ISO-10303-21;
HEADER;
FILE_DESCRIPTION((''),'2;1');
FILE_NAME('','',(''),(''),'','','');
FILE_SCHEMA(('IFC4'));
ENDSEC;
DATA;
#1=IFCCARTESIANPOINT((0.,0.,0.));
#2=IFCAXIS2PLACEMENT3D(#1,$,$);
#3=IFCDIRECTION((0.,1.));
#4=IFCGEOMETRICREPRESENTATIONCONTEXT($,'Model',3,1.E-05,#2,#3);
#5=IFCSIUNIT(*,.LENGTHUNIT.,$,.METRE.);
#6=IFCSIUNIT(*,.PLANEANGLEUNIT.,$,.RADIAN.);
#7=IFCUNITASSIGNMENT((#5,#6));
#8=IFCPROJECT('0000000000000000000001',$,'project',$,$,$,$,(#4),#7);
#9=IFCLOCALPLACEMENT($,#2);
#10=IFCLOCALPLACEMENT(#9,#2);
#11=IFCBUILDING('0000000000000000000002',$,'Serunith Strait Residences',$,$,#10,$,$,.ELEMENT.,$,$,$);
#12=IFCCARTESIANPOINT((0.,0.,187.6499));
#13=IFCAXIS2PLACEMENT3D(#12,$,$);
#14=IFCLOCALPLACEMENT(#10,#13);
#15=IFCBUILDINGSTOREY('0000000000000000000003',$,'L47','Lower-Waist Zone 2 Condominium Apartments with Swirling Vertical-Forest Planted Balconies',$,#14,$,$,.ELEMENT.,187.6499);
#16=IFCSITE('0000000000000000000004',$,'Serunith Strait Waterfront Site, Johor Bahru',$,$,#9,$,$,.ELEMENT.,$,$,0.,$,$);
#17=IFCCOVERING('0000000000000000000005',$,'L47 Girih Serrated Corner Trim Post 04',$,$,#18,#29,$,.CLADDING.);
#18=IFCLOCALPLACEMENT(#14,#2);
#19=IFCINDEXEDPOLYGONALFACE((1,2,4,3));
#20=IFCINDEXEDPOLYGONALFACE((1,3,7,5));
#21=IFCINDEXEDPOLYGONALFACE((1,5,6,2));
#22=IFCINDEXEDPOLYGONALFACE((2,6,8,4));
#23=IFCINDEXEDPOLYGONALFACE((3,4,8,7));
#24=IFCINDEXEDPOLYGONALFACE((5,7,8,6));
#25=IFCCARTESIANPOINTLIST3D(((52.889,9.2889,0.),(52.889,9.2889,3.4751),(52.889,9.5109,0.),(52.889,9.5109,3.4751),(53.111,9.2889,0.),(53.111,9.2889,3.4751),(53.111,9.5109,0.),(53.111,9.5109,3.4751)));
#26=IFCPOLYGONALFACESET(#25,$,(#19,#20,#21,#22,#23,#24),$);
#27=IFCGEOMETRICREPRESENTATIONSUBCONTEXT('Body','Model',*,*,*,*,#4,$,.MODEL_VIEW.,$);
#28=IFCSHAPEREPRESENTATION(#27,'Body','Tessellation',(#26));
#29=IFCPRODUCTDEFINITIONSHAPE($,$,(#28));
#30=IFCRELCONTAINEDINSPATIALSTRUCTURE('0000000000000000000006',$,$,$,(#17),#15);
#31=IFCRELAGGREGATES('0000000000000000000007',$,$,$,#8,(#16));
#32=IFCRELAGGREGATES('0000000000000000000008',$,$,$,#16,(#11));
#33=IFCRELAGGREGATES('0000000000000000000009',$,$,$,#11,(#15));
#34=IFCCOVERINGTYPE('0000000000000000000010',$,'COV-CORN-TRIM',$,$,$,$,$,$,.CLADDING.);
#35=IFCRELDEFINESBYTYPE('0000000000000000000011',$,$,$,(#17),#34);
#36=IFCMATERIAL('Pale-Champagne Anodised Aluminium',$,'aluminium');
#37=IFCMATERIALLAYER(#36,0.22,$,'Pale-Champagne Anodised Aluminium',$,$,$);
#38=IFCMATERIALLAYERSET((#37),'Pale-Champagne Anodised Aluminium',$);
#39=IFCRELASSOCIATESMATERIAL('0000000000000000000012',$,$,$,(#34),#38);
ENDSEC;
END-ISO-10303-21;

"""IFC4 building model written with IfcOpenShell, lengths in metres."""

from ifc_helpers import new_model, si_unit, direction, frame, origin, origin_2d, place, context, subcontext, project, spatial, rectangle, extrude, source, transform, mapped, material, layer, layer_set, type_object, element, save


model = new_model("IFC4")

# Units and contexts
model_context = context("Model", 3, precision=1e-05, world=origin(), true_north=direction((0.0, 1.0)))
body_context = subcontext(model_context, "Body", "Model", "MODEL_VIEW")
ifc_project = project(units=[si_unit("LENGTHUNIT", "METRE"), si_unit("PLANEANGLEUNIT", "RADIAN")], contexts=[model_context])

# Site, building, storey
site_placement = place(None, origin())
site = spatial("IfcSite", under=ifc_project, at=site_placement, Name="Serunith Strait Waterfront Site, Johor Bahru", CompositionType="ELEMENT", RefElevation=0.0)
building_placement = place(site_placement, origin())
building = spatial("IfcBuilding", under=site, at=building_placement, Name="Serunith Strait Residences", CompositionType="ELEMENT")
storey_placement = place(building_placement, frame((0.0, 0.0, 187.6499)))
storey = spatial("IfcBuildingStorey", under=building, at=storey_placement, Name="L47", Description="Lower-Waist Zone 2 Condominium Apartments with Swirling Vertical-Forest Planted Balconies", CompositionType="ELEMENT", Elevation=187.6499)

# Shared definitions
ifc_material_1 = material(Name="Pale-Champagne Anodised Aluminium", Category="aluminium")

# Covering
ifc_layer_1 = layer(ifc_material_1, 0.22, Name="Pale-Champagne Anodised Aluminium")
ifc_layer_set_1 = layer_set([ifc_layer_1], Name="Pale-Champagne Anodised Aluminium")
covering_type = type_object("IfcCoveringType", Name="COV-CORN-TRIM", PredefinedType="CLADDING", material=ifc_layer_set_1)
shared_shape_1 = source(origin(), body_context, "Body", "SweptSolid", [
    extrude(rectangle(XDim=0.2219, YDim=0.2219, at=origin_2d()), origin(), (0.0, 0.0, 1.0), 3.4751),
])
for number, where, z_axis, x_axis, name in (
    (1, (53.0, 9.3999, 0.0), (0.0, 0.0, 1.0), (1.0, 0.0, 0.0), "L47 Girih Serrated Corner Trim Post 04"),
):
    element("IfcCovering", number, at=place(storey_placement, frame(where, z_axis=z_axis, x_axis=x_axis)), inside=storey, type_object=covering_type, Name=name, PredefinedType="CLADDING", context=body_context, shape_type="MappedRepresentation", body=[
        mapped(shared_shape_1, transform((0.0, 0.0, 0.0), scale=1.0)),
    ])

save(model, "model.ifc")
